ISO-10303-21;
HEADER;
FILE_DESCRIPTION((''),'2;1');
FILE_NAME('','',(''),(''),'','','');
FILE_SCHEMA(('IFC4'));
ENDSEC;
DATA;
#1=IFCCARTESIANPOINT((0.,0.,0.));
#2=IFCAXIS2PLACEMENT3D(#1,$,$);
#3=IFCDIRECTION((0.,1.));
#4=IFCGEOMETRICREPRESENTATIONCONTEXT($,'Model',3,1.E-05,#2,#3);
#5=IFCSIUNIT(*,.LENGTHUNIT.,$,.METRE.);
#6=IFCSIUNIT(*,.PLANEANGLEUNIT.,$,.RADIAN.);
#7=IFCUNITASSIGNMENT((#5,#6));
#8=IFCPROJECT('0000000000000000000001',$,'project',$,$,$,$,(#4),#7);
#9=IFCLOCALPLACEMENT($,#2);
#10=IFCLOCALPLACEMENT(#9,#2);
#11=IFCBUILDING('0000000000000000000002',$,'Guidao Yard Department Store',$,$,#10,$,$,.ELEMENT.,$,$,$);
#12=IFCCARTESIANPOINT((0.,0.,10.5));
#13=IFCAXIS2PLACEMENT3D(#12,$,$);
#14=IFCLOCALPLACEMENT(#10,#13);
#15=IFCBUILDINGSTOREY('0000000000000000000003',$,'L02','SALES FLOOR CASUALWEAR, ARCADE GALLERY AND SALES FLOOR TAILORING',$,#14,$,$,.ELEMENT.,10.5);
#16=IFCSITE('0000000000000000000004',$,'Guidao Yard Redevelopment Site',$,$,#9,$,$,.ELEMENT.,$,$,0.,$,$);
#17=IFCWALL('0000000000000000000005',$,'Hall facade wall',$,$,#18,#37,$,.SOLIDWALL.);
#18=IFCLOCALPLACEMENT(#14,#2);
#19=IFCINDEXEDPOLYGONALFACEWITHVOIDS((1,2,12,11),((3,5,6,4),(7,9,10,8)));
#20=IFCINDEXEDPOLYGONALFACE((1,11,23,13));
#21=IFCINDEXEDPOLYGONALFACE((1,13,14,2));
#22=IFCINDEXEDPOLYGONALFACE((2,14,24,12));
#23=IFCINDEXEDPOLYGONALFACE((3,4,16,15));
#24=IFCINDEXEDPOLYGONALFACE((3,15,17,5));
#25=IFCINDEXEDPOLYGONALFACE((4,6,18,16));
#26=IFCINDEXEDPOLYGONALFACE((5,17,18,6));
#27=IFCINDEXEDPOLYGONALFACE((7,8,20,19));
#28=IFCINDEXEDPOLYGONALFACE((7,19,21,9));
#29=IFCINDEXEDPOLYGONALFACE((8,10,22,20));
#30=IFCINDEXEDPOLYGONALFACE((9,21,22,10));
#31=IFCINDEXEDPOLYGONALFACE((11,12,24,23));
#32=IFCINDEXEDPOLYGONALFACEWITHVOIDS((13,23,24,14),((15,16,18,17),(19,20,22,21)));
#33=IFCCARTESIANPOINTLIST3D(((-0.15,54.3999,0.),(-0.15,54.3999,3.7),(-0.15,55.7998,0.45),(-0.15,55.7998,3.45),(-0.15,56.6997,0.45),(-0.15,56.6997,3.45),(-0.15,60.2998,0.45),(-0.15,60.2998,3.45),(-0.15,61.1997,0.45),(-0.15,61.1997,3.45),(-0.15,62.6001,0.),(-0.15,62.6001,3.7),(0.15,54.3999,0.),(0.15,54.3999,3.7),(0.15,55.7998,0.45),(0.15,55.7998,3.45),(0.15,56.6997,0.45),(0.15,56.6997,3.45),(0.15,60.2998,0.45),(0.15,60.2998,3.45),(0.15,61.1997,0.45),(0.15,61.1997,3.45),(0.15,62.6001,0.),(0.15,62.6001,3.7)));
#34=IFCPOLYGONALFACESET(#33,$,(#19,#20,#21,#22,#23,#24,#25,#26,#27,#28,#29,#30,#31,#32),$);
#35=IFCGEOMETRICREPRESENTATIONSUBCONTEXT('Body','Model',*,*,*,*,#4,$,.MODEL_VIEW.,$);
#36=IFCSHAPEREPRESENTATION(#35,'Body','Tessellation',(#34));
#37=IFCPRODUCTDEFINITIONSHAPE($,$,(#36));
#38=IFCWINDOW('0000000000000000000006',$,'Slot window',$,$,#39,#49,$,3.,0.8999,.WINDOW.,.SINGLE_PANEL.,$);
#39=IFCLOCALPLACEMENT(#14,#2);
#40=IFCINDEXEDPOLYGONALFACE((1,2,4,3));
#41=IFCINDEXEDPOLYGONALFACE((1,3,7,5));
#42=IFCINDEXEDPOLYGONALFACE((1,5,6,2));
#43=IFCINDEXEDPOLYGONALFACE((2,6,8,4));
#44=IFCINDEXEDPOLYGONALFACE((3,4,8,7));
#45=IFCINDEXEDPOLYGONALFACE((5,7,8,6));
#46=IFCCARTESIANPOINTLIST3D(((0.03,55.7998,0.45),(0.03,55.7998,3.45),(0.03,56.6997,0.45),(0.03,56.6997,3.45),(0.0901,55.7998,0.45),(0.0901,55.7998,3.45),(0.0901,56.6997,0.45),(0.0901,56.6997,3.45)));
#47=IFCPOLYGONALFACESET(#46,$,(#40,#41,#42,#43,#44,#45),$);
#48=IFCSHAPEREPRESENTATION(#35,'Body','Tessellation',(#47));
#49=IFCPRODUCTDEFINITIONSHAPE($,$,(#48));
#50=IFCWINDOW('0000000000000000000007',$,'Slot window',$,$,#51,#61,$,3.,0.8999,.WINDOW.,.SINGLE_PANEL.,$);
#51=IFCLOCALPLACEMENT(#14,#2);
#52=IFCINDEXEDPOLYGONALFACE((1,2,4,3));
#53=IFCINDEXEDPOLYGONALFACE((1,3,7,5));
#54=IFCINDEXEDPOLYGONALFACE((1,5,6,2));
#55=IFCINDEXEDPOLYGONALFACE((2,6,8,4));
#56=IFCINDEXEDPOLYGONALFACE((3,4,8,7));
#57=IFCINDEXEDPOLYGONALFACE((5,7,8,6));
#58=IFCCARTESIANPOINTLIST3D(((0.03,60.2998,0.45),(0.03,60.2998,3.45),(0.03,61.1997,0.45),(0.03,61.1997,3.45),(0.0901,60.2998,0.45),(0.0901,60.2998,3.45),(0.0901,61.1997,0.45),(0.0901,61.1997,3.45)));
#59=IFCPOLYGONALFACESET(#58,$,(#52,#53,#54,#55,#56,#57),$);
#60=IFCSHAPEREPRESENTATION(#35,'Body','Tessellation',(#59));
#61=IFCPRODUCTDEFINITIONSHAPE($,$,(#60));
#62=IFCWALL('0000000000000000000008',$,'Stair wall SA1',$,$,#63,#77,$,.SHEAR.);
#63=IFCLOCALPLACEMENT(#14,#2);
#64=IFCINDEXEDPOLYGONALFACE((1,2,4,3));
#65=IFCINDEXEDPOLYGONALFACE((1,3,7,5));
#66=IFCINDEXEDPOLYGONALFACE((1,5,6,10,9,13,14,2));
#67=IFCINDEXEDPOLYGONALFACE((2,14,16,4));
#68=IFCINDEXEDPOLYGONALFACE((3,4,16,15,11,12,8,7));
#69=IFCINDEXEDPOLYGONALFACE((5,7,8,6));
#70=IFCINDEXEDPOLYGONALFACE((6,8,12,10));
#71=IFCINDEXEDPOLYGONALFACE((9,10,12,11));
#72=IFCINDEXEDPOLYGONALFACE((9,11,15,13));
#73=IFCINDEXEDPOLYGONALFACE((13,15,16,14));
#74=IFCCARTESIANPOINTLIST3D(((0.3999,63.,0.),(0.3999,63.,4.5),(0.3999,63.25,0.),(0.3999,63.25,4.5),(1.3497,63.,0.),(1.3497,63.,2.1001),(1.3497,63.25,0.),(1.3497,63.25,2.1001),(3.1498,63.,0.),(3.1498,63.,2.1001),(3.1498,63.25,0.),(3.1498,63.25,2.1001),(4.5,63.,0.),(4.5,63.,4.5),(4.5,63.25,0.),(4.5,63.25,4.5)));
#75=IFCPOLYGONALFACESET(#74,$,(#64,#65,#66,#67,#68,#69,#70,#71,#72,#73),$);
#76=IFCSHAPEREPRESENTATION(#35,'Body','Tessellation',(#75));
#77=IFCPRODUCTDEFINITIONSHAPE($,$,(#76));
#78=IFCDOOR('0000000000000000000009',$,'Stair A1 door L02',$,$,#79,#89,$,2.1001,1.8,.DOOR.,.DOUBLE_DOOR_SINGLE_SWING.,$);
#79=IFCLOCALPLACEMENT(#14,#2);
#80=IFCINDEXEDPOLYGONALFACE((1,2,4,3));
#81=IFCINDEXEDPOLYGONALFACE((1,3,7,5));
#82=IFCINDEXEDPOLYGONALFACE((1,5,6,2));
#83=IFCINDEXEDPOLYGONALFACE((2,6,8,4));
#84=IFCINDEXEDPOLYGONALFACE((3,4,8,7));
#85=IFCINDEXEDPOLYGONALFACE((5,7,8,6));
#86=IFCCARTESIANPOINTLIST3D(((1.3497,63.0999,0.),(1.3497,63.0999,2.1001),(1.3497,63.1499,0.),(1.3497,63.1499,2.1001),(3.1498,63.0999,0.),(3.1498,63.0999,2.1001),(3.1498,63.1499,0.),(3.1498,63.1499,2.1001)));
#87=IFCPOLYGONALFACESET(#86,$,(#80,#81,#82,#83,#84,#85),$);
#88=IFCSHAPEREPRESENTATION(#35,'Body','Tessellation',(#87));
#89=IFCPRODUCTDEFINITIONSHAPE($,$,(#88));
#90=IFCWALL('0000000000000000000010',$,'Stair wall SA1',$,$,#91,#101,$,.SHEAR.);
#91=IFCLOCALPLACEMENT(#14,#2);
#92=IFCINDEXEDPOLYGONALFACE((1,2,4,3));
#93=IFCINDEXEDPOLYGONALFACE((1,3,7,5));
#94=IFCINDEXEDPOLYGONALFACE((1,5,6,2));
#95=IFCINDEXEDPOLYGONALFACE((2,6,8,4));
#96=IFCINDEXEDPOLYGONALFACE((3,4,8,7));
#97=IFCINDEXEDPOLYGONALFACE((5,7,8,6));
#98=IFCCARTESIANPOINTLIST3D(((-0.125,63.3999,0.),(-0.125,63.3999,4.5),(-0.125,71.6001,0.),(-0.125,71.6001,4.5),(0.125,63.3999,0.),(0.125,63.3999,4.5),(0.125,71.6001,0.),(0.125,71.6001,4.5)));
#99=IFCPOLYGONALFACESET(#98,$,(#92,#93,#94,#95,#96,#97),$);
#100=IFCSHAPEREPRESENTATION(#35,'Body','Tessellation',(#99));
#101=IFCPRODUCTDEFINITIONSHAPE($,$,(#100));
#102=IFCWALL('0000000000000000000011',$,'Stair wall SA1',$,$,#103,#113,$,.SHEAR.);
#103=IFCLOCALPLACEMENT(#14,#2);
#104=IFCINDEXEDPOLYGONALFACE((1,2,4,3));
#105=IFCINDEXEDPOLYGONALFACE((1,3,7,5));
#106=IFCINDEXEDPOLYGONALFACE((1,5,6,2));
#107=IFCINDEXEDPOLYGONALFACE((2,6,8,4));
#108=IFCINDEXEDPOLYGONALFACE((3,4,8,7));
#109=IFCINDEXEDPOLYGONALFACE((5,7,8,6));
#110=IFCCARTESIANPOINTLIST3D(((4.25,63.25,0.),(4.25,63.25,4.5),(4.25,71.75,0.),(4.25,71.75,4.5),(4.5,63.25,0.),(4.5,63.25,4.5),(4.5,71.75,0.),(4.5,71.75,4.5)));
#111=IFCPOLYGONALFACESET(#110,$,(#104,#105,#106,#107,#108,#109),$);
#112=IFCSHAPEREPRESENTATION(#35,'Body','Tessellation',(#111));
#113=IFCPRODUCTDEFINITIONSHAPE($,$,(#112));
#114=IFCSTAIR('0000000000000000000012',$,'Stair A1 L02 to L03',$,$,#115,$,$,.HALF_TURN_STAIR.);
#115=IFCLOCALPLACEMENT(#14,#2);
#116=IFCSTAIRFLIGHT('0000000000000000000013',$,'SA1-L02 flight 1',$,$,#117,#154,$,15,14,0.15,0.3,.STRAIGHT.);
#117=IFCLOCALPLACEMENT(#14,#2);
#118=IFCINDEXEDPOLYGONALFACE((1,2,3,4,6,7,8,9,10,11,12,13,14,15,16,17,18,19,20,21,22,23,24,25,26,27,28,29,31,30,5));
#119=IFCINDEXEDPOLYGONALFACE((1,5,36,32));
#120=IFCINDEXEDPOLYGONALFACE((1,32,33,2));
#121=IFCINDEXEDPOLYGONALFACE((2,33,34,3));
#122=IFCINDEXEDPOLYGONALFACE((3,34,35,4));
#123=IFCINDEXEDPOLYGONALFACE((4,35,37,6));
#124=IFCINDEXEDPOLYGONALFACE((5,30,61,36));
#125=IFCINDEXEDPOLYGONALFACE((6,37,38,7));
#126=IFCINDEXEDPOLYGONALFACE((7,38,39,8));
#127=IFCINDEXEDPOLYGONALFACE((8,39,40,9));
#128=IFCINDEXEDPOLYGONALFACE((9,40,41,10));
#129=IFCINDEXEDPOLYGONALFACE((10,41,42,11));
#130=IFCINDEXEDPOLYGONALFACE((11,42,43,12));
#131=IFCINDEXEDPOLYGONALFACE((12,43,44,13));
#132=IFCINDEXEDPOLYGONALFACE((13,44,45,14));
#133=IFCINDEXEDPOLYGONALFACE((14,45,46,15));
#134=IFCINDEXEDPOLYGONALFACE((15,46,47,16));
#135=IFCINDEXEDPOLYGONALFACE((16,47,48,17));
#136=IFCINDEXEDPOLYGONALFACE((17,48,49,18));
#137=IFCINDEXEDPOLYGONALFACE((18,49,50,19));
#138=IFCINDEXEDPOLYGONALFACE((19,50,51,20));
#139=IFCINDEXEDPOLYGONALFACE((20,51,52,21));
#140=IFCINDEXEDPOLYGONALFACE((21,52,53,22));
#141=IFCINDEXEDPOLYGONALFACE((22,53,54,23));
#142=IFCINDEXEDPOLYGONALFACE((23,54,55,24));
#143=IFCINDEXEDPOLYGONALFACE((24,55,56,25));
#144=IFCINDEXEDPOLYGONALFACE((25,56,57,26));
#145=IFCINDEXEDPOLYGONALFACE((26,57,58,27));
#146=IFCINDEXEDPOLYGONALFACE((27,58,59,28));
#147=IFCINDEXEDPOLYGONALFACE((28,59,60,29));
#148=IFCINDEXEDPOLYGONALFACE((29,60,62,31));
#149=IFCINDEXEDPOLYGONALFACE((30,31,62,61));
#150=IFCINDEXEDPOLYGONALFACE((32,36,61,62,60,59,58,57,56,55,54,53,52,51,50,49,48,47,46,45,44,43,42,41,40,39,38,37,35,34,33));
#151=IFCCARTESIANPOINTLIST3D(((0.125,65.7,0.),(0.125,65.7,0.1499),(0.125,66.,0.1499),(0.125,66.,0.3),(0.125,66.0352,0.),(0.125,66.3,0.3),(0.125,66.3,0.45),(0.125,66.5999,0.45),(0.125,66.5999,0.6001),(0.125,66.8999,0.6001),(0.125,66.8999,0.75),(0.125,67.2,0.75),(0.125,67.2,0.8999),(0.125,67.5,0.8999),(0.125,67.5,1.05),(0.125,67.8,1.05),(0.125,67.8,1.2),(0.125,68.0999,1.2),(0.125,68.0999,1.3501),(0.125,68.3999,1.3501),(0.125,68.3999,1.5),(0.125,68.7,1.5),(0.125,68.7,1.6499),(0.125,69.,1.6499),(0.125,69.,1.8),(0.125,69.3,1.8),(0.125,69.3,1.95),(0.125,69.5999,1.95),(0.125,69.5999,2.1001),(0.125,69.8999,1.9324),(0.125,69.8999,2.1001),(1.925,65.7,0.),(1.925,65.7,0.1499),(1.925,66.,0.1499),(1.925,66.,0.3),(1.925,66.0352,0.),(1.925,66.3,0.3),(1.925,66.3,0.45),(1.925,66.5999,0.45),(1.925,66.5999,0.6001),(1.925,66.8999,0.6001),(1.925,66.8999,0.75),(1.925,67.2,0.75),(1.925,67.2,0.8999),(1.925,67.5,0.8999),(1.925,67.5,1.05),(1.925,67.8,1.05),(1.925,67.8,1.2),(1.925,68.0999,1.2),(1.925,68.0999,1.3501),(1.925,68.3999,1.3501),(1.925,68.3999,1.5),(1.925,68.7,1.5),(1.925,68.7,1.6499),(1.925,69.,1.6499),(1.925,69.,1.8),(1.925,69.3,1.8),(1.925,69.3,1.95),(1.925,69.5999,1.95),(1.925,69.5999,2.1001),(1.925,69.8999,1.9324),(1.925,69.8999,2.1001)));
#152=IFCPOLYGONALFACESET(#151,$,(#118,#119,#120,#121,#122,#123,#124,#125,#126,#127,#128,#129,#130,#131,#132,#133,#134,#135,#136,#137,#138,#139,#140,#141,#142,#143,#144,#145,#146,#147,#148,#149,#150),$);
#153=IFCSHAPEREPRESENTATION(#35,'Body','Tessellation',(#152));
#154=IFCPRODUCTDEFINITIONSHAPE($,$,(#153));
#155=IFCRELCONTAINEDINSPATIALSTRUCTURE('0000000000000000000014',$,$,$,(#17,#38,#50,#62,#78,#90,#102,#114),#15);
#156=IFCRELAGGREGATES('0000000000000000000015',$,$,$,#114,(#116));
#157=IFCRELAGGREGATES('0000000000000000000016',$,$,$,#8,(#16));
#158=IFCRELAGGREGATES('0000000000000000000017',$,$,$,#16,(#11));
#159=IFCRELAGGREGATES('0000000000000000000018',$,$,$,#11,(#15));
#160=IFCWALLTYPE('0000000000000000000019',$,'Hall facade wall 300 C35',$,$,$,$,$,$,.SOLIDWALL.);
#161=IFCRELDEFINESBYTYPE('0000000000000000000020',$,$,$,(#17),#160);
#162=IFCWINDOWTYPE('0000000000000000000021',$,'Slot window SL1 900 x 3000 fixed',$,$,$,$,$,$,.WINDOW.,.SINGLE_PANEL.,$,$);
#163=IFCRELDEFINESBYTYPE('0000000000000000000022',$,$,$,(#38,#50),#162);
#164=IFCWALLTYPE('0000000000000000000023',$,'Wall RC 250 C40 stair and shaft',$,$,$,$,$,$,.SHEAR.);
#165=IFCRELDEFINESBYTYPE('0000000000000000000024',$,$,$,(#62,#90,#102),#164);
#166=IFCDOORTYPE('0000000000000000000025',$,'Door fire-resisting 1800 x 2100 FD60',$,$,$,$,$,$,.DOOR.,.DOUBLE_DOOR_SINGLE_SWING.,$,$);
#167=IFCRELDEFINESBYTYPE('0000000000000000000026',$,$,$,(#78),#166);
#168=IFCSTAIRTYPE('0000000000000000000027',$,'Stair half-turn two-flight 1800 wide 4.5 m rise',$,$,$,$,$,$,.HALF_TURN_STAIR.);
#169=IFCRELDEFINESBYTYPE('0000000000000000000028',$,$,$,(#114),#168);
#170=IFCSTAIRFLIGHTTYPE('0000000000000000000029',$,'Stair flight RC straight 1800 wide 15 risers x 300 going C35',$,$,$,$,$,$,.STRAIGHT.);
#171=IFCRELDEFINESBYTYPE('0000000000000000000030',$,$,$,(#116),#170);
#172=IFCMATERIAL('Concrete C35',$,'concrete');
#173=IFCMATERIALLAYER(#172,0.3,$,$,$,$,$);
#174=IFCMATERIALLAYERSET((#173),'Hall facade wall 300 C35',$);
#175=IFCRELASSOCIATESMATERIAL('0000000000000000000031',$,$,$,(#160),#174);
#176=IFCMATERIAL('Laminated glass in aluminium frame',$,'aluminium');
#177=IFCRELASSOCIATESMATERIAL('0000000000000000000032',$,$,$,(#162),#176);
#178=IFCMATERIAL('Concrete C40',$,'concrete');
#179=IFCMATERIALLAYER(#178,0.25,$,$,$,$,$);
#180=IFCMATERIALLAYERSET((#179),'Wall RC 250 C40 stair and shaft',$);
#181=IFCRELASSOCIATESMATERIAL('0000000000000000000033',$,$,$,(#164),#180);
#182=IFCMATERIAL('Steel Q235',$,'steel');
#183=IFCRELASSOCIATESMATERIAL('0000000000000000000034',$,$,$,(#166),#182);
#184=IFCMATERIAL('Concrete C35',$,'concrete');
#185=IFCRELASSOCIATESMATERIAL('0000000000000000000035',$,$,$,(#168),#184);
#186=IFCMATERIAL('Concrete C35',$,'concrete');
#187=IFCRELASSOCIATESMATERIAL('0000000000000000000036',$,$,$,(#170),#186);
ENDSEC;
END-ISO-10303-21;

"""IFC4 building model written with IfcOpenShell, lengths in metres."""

from ifc_helpers import new_model, si_unit, direction, frame, frame_2d, origin, place, context, subcontext, project, spatial, polyline, rectangle, outline, extrude, material, layer, layer_set, type_object, element, fill, aggregate, save


model = new_model("IFC4")

# Units and contexts
model_context = context("Model", 3, precision=1e-05, world=origin(), true_north=direction((0.0, 1.0)))
body_context = subcontext(model_context, "Body", "Model", "MODEL_VIEW")
ifc_project = project(units=[si_unit("LENGTHUNIT", "METRE"), si_unit("PLANEANGLEUNIT", "RADIAN")], contexts=[model_context])

# Site, building, storey
site_placement = place(None, origin())
site = spatial("IfcSite", under=ifc_project, at=site_placement, Name="Guidao Yard Redevelopment Site", CompositionType="ELEMENT", RefElevation=0.0)
building_placement = place(site_placement, origin())
building = spatial("IfcBuilding", under=site, at=building_placement, Name="Guidao Yard Department Store", CompositionType="ELEMENT")
storey_placement = place(building_placement, frame((0.0, 0.0, 10.5)))
storey = spatial("IfcBuildingStorey", under=building, at=storey_placement, Name="L02", Description="SALES FLOOR CASUALWEAR, ARCADE GALLERY AND SALES FLOOR TAILORING", CompositionType="ELEMENT", Elevation=10.5)

# Wall, openings, windows
ifc_material_1 = material(Name="Concrete C35", Category="concrete")
ifc_layer_1 = layer(ifc_material_1, 0.3)
ifc_layer_set_1 = layer_set([ifc_layer_1], Name="Hall facade wall 300 C35")
wall_type_1 = type_object("IfcWallType", Name="Hall facade wall 300 C35", PredefinedType="SOLIDWALL", material=ifc_layer_set_1)
wall_1_placement = place(storey_placement, frame((0.0, 54.3999, 0.0), z_axis=(0.0, 0.0, 1.0), x_axis=(0.0, 1.0, 0.0)))
wall_1 = element("IfcWall", 1, at=wall_1_placement, inside=storey, type_object=wall_type_1, Name="Hall facade wall", PredefinedType="SOLIDWALL", context=body_context, shape_type="SweptSolid", body=[
    extrude(rectangle(XDim=8.2002, YDim=0.3, at=frame_2d((4.1001, 0.0))), origin(), (0.0, 0.0, 1.0), 3.7),
])
opening_1_placement = place(wall_1_placement, frame((1.3999, 0.0, 0.45)))
opening_1 = element("IfcOpeningElement", 2, at=opening_1_placement, cuts=wall_1, PredefinedType="OPENING", context=body_context, shape_type="SweptSolid", body=[
    extrude(rectangle(XDim=0.8999, YDim=3.0, at=frame_2d((0.45, 1.5))), frame((0.0, 0.1599, 0.0), z_axis=(0.0, -1.0, 0.0), x_axis=(1.0, 0.0, 0.0)), (0.0, 0.0, 1.0), 0.3201),
])
opening_2_placement = place(wall_1_placement, frame((5.8999, 0.0, 0.45)))
opening_2 = element("IfcOpeningElement", 3, at=opening_2_placement, cuts=wall_1, PredefinedType="OPENING", context=body_context, shape_type="SweptSolid", body=[
    extrude(rectangle(XDim=0.8999, YDim=3.0, at=frame_2d((0.45, 1.5))), frame((0.0, 0.1599, 0.0), z_axis=(0.0, -1.0, 0.0), x_axis=(1.0, 0.0, 0.0)), (0.0, 0.0, 1.0), 0.3201),
])
ifc_material_2 = material(Name="Laminated glass in aluminium frame", Category="aluminium")
window_type = type_object("IfcWindowType", Name="Slot window SL1 900 x 3000 fixed", PartitioningType="SINGLE_PANEL", PredefinedType="WINDOW", material=ifc_material_2)
window_1_placement = place(opening_1_placement, origin())
window_1 = element("IfcWindow", 4, at=window_1_placement, inside=storey, type_object=window_type, Name="Slot window", OverallHeight=3.0, OverallWidth=0.8999, PartitioningType="SINGLE_PANEL", PredefinedType="WINDOW", context=body_context, shape_type="SweptSolid", body=[
    extrude(rectangle(XDim=0.8999, YDim=3.0, at=frame_2d((0.45, 1.5))), frame((0.0, -0.03, 0.0), z_axis=(0.0, -1.0, 0.0), x_axis=(1.0, 0.0, 0.0)), (0.0, 0.0, 1.0), 0.0601),
])
fill(opening_1, window_1)
window_2_placement = place(opening_2_placement, origin())
window_2 = element("IfcWindow", 5, at=window_2_placement, inside=storey, type_object=window_type, Name="Slot window", OverallHeight=3.0, OverallWidth=0.8999, PartitioningType="SINGLE_PANEL", PredefinedType="WINDOW", context=body_context, shape_type="SweptSolid", body=[
    extrude(rectangle(XDim=0.8999, YDim=3.0, at=frame_2d((0.45, 1.5))), frame((0.0, -0.03, 0.0), z_axis=(0.0, -1.0, 0.0), x_axis=(1.0, 0.0, 0.0)), (0.0, 0.0, 1.0), 0.0601),
])
fill(opening_2, window_2)

# Wall, opening, door
ifc_material_3 = material(Name="Concrete C40", Category="concrete")
ifc_layer_2 = layer(ifc_material_3, 0.25)
ifc_layer_set_2 = layer_set([ifc_layer_2], Name="Wall RC 250 C40 stair and shaft")
wall_type_2 = type_object("IfcWallType", Name="Wall RC 250 C40 stair and shaft", PredefinedType="SHEAR", material=ifc_layer_set_2)
wall_2_placement = place(storey_placement, frame((0.3999, 63.125, 0.0), z_axis=(0.0, 0.0, 1.0), x_axis=(1.0, 0.0, 0.0)))
wall_2 = element("IfcWall", 6, at=wall_2_placement, inside=storey, type_object=wall_type_2, Name="Stair wall SA1", PredefinedType="SHEAR", context=body_context, shape_type="SweptSolid", body=[
    extrude(rectangle(XDim=4.1001, YDim=0.25, at=frame_2d((2.05, 0.0))), origin(), (0.0, 0.0, 1.0), 4.5),
])
opening_3_placement = place(wall_2_placement, frame((0.95, 0.0, 0.0)))
opening_3 = element("IfcOpeningElement", 7, at=opening_3_placement, cuts=wall_2, PredefinedType="OPENING", context=body_context, shape_type="SweptSolid", body=[
    extrude(rectangle(XDim=1.8, YDim=2.1001, at=frame_2d((0.8999, 1.05))), frame((0.0, 0.135, 0.0), z_axis=(0.0, -1.0, 0.0), x_axis=(1.0, 0.0, 0.0)), (0.0, 0.0, 1.0), 0.27),
])
ifc_material_4 = material(Name="Steel Q235", Category="steel")
door_type = type_object("IfcDoorType", Name="Door fire-resisting 1800 x 2100 FD60", OperationType="DOUBLE_DOOR_SINGLE_SWING", PredefinedType="DOOR", material=ifc_material_4)
door_placement = place(opening_3_placement, origin())
door = element("IfcDoor", 8, at=door_placement, inside=storey, type_object=door_type, Name="Stair A1 door L02", OperationType="DOUBLE_DOOR_SINGLE_SWING", OverallHeight=2.1001, OverallWidth=1.8, PredefinedType="DOOR", context=body_context, shape_type="SweptSolid", body=[
    extrude(rectangle(XDim=1.8, YDim=2.1001, at=frame_2d((0.8999, 1.05))), frame((0.0, 0.0249, 0.0), z_axis=(0.0, -1.0, 0.0), x_axis=(1.0, 0.0, 0.0)), (0.0, 0.0, 1.0), 0.05),
])
fill(opening_3, door)

# Walls
wall_3_placement = place(storey_placement, frame((0.0, 63.3999, 0.0), z_axis=(0.0, 0.0, 1.0), x_axis=(0.0, 1.0, 0.0)))
element("IfcWall", 9, at=wall_3_placement, inside=storey, type_object=wall_type_2, Name="Stair wall SA1", PredefinedType="SHEAR", context=body_context, shape_type="SweptSolid", body=[
    extrude(rectangle(XDim=8.2002, YDim=0.25, at=frame_2d((4.1001, 0.0))), origin(), (0.0, 0.0, 1.0), 4.5),
])
wall_4_placement = place(storey_placement, frame((4.375, 63.25, 0.0), z_axis=(0.0, 0.0, 1.0), x_axis=(0.0, 1.0, 0.0)))
element("IfcWall", 10, at=wall_4_placement, inside=storey, type_object=wall_type_2, Name="Stair wall SA1", PredefinedType="SHEAR", context=body_context, shape_type="SweptSolid", body=[
    extrude(rectangle(XDim=8.5, YDim=0.25, at=frame_2d((4.25, 0.0))), origin(), (0.0, 0.0, 1.0), 4.5),
])

# Stair, stair flight
ifc_material_5 = material(Name="Concrete C35", Category="concrete")
stair_type = type_object("IfcStairType", Name="Stair half-turn two-flight 1800 wide 4.5 m rise", PredefinedType="HALF_TURN_STAIR", material=ifc_material_5)
stair_placement = place(storey_placement, origin())
stair = element("IfcStair", 11, at=stair_placement, inside=storey, type_object=stair_type, Name="Stair A1 L02 to L03", PredefinedType="HALF_TURN_STAIR")
ifc_material_6 = material(Name="Concrete C35", Category="concrete")
stair_flight_type = type_object("IfcStairFlightType", Name="Stair flight RC straight 1800 wide 15 risers x 300 going C35", PredefinedType="STRAIGHT", material=ifc_material_6)
stair_flight_placement = place(storey_placement, frame((1.0249, 65.7, 0.0), z_axis=(0.0, 0.0, 1.0), x_axis=(0.0, 1.0, 0.0)))
stair_flight = element("IfcStairFlight", 12, at=stair_flight_placement, type_object=stair_flight_type, Name="SA1-L02 flight 1", NumberOfRisers=15, NumberOfTreads=14, PredefinedType="STRAIGHT", RiserHeight=0.15, TreadLength=0.3, context=body_context, shape_type="SweptSolid", body=[
    extrude(outline(polyline([(0.0, 0.0), (0.0, 0.1499), (0.3, 0.1499), (0.3, 0.3), (0.6001, 0.3), (0.6001, 0.45), (0.8999, 0.45), (0.8999, 0.6001), (1.2, 0.6001), (1.2, 0.75), (1.5, 0.75), (1.5, 0.8999), (1.8, 0.8999), (1.8, 1.05), (2.1001, 1.05), (2.1001, 1.2), (2.3999, 1.2), (2.3999, 1.3501), (2.7, 1.3501), (2.7, 1.5), (3.0, 1.5), (3.0, 1.6499), (3.3, 1.6499), (3.3, 1.8), (3.6001, 1.8), (3.6001, 1.95), (3.8999, 1.95), (3.8999, 2.1001), (4.2, 2.1001), (4.2, 2.25), (4.2, 1.9324), (0.3352, 0.0), (0.0, 0.0)])), frame((0.0, 0.8999, 0.0), z_axis=(0.0, -1.0, 0.0), x_axis=(1.0, 0.0, 0.0)), (0.0, 0.0, 1.0), 1.8),
])
aggregate(stair, [stair_flight])

save(model, "model.ifc")
